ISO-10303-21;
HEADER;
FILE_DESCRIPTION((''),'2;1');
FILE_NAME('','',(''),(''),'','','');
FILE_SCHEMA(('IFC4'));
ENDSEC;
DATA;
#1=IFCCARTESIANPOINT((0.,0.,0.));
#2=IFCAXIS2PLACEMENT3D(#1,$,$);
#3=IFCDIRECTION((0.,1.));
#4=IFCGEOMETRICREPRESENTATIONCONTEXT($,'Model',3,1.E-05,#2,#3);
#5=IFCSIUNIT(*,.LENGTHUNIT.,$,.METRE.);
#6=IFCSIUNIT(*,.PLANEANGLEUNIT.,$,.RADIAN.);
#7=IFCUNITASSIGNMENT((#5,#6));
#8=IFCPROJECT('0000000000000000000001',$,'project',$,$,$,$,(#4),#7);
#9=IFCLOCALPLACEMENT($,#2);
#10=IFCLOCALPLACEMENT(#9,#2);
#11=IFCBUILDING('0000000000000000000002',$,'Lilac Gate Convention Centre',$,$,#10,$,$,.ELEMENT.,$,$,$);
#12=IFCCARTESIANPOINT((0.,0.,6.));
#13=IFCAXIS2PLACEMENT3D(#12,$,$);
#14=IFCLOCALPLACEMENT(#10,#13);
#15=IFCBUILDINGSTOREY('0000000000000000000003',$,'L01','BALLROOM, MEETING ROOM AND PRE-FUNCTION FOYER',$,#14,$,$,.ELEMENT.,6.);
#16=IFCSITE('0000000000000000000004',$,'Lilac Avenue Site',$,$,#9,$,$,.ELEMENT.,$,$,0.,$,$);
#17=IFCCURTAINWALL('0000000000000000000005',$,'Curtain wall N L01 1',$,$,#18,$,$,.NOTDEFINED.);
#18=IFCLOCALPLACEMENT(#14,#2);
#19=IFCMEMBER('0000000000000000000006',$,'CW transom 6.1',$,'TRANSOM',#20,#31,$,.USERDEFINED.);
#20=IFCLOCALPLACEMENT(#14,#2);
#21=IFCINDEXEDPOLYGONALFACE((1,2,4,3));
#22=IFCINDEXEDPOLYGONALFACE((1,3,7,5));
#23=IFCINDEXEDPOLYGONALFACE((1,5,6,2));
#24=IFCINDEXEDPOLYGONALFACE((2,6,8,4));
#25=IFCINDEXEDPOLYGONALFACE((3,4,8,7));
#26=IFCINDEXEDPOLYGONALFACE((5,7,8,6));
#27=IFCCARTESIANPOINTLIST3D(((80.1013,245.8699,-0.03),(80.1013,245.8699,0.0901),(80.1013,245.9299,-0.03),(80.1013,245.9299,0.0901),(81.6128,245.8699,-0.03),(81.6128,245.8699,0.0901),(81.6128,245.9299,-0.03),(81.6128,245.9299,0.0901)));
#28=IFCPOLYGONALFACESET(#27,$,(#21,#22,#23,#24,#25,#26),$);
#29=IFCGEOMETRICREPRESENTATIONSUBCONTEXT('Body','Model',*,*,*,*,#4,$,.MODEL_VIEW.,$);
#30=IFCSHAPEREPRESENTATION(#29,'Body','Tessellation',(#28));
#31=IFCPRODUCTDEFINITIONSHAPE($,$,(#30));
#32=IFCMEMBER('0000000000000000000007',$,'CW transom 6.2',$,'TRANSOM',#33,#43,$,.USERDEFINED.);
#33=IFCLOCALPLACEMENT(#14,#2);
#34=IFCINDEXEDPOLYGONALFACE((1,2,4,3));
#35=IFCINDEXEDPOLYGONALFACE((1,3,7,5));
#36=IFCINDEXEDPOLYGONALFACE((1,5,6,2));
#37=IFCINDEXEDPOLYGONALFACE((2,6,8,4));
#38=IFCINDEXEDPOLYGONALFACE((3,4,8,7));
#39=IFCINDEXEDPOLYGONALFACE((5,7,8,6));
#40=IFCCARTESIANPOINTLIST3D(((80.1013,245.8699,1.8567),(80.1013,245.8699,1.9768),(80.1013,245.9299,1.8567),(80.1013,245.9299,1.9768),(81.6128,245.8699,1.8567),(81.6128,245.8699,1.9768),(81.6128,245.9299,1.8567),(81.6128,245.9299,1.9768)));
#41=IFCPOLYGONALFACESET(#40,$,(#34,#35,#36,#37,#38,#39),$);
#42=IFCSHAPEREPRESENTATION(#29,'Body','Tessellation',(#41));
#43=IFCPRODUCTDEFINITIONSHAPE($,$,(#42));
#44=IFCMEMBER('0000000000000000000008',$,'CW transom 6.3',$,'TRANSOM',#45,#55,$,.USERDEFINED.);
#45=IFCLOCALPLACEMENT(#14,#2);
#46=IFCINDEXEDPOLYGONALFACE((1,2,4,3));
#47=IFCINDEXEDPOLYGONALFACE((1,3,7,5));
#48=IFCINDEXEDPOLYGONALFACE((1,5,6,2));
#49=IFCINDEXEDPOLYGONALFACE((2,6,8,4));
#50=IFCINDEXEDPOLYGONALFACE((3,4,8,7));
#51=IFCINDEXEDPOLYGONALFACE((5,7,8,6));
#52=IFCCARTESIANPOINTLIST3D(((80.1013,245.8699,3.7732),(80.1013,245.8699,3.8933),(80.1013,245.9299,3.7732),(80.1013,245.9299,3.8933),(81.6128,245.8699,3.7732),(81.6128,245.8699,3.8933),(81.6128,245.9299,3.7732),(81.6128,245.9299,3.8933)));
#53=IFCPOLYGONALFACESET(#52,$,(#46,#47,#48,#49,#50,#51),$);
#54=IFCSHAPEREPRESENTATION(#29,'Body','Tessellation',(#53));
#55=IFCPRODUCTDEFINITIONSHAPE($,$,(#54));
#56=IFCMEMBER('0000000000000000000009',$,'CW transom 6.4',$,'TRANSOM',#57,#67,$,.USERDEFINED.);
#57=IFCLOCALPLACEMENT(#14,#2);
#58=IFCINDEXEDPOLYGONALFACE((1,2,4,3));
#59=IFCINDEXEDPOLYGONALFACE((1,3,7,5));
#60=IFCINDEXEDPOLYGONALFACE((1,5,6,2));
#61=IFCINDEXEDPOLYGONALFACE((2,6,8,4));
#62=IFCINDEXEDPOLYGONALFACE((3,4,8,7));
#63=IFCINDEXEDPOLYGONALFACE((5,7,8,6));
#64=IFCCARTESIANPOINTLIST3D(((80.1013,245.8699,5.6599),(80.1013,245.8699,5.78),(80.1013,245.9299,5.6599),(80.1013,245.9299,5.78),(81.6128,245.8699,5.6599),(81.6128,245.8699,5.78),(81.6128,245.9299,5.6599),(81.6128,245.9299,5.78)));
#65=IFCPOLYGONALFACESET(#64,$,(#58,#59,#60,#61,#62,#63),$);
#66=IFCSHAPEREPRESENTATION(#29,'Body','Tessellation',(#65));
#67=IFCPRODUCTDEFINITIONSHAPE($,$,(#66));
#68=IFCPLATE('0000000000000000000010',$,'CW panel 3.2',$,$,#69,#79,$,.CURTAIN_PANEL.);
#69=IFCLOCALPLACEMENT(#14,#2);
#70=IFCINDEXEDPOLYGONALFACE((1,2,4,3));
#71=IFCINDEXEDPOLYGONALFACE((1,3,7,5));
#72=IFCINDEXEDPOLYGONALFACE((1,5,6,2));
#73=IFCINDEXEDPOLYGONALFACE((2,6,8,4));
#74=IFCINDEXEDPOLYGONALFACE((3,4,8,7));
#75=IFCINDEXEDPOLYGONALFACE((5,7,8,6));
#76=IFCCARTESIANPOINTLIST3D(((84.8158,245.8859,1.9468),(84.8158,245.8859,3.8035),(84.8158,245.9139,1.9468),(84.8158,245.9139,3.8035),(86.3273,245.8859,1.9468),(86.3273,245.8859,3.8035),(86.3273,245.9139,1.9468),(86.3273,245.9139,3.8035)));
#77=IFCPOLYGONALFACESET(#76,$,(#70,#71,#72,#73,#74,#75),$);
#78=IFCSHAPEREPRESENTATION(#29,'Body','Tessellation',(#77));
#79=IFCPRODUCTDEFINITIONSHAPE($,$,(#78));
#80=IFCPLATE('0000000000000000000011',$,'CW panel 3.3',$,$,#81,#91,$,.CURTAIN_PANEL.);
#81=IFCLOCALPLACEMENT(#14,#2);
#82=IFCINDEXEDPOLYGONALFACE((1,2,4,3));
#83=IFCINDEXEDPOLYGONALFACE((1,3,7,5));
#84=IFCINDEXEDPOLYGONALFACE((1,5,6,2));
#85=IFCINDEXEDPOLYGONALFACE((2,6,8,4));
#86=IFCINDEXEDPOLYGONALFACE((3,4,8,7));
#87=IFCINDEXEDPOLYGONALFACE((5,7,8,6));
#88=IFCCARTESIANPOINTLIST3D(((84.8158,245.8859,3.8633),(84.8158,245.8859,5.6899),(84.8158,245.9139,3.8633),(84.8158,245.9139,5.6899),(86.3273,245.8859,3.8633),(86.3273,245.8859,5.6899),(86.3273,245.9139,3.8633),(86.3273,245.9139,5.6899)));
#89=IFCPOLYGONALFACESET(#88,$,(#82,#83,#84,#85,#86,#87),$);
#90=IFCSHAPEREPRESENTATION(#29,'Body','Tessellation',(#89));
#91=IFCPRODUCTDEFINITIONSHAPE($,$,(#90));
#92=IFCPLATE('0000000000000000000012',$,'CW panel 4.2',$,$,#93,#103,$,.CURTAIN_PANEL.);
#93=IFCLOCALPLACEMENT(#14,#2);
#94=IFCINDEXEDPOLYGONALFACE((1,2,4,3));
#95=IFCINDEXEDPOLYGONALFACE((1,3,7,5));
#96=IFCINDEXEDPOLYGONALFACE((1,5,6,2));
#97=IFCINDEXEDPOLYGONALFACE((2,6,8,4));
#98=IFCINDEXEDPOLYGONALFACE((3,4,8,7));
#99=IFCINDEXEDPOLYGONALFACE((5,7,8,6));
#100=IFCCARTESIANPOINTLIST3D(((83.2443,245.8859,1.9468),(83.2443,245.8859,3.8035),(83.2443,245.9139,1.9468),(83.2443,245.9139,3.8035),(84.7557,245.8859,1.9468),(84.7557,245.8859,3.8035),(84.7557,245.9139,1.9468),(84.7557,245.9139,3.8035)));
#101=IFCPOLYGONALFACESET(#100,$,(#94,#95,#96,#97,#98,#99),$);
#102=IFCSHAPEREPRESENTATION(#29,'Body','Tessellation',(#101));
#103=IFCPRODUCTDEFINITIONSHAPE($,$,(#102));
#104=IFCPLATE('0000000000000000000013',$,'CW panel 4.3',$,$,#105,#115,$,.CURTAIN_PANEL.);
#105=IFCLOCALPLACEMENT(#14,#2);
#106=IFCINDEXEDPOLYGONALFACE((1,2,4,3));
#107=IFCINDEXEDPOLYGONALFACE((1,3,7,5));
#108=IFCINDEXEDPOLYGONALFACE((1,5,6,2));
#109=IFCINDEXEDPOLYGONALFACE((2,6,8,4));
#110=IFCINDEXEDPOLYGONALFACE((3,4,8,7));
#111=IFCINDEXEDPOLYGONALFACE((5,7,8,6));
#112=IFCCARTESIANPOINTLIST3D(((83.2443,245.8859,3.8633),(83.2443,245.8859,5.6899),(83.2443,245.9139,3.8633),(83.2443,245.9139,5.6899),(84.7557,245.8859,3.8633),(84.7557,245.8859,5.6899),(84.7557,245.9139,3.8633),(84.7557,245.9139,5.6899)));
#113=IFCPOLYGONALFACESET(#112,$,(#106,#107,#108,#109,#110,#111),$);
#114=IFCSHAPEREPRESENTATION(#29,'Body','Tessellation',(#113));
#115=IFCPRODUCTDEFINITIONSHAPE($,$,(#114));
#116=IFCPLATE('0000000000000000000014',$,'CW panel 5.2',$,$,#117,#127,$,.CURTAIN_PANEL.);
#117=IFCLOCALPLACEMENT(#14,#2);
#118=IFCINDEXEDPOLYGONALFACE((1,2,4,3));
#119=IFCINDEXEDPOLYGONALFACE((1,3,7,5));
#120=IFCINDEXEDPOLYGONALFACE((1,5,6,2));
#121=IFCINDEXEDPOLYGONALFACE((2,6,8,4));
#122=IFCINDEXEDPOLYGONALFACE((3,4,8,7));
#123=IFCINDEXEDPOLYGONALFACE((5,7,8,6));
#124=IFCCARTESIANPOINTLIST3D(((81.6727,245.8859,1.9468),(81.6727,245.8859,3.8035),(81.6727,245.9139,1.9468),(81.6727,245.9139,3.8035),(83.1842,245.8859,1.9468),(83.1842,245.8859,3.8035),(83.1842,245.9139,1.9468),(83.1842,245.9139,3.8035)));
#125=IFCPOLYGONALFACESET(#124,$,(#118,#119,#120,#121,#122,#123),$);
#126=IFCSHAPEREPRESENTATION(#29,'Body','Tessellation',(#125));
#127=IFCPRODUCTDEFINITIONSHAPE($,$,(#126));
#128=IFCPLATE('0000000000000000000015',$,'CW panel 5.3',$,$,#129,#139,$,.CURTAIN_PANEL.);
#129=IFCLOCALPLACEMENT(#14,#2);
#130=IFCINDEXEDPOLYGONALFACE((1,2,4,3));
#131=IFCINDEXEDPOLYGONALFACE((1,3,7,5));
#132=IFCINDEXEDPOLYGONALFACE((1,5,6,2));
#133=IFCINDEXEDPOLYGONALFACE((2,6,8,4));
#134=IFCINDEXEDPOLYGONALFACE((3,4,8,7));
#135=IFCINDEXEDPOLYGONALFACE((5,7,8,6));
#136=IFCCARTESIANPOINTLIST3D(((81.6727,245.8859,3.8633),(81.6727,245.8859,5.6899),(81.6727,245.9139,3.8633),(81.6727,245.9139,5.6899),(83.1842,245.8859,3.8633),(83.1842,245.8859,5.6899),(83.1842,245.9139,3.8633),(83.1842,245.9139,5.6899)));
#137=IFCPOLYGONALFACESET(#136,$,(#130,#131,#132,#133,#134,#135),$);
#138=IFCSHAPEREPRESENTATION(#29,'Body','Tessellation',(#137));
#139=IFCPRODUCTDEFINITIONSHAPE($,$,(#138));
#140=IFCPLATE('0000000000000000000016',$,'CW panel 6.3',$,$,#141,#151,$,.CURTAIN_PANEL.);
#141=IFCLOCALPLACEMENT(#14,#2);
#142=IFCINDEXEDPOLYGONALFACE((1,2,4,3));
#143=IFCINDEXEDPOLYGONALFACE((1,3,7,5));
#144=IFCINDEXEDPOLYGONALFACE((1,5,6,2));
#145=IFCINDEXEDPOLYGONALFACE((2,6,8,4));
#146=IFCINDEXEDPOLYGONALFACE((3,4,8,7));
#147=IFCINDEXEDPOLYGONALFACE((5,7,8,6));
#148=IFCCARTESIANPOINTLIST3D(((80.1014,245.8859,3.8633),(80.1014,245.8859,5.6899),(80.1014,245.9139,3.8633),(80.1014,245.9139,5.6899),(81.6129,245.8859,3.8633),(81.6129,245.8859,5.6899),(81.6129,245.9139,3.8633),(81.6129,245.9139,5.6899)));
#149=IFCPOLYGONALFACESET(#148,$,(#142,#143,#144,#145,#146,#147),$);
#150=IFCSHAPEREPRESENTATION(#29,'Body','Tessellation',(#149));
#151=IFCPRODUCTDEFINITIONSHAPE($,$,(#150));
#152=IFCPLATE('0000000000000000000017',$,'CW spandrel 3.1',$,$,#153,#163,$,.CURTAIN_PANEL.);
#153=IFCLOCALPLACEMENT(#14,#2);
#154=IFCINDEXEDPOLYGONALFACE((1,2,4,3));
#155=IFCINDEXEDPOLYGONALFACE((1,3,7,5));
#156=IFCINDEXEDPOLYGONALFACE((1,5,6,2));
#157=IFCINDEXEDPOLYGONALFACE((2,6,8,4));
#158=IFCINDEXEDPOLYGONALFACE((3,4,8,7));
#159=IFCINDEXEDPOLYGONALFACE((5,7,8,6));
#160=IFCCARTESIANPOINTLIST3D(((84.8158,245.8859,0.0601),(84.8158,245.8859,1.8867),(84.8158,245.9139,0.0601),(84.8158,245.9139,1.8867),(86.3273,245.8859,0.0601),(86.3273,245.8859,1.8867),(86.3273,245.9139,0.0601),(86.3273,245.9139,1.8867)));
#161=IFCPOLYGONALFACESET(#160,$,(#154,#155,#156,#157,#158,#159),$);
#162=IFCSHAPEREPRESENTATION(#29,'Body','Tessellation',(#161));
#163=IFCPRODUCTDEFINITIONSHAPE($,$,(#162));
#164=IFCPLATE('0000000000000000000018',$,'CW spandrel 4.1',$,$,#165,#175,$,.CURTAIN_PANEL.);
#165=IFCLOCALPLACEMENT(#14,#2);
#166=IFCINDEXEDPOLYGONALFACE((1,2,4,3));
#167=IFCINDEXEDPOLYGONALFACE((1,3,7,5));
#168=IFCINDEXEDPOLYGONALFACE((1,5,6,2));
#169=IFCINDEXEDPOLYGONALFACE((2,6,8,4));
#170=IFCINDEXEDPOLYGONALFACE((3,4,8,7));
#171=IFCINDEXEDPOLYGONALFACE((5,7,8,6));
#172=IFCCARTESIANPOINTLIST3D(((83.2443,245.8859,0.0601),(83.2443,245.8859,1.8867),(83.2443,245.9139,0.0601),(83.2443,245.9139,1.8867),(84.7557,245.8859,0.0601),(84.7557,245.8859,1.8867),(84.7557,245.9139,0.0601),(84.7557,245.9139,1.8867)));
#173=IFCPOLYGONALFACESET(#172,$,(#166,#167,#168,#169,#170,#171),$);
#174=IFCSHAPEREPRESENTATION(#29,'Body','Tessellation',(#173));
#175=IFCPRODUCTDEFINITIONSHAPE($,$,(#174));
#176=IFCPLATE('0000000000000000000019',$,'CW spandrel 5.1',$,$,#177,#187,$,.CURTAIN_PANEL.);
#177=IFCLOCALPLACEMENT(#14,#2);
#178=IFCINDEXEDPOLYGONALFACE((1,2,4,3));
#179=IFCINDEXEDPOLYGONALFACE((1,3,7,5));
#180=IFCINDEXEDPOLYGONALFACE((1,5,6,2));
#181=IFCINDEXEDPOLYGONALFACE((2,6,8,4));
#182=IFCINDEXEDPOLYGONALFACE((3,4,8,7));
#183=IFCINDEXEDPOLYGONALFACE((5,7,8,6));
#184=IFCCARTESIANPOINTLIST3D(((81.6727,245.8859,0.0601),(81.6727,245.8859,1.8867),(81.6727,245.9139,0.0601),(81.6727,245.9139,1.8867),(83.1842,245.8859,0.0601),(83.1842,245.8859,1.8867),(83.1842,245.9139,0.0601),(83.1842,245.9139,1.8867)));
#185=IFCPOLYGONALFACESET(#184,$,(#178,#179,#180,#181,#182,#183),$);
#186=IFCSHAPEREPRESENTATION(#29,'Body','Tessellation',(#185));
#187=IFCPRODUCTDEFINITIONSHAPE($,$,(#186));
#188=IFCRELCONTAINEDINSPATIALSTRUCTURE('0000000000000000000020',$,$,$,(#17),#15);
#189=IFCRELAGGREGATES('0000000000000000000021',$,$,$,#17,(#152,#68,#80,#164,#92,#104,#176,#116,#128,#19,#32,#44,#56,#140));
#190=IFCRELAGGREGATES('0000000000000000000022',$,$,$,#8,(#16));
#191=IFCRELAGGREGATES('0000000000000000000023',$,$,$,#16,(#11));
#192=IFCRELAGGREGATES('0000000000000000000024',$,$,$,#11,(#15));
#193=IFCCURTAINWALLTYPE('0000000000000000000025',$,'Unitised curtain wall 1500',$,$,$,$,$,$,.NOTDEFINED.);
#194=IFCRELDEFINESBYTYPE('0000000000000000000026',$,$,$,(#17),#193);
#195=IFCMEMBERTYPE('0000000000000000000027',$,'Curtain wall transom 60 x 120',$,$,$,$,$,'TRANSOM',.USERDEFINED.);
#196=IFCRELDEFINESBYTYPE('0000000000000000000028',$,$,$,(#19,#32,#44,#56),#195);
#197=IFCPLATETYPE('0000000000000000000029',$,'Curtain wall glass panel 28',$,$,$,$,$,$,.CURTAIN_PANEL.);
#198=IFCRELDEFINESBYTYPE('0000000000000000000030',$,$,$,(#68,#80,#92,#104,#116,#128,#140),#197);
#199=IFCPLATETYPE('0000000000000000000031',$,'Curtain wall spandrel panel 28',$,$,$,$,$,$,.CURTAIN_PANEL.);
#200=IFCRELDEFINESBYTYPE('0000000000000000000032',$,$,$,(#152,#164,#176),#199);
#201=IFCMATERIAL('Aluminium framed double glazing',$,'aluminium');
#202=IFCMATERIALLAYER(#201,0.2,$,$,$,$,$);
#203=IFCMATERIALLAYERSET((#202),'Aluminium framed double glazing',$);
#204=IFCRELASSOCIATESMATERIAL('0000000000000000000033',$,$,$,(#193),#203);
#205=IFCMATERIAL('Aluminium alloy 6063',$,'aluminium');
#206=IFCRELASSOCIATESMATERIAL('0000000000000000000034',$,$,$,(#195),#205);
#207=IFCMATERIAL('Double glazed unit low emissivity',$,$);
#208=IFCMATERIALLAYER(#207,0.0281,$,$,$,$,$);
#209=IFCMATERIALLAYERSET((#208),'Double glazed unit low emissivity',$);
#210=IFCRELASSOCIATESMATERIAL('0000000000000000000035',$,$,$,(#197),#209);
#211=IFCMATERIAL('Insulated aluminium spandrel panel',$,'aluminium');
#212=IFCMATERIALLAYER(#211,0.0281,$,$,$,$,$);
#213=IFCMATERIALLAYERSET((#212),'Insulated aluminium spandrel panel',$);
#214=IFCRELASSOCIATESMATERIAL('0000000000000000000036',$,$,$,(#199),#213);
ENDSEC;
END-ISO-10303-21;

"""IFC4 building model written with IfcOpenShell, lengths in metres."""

from ifc_helpers import new_model, si_unit, direction, frame, origin, origin_2d, place, context, subcontext, project, spatial, rectangle, extrude, material, layer, layer_set, material_profile, profile_set, type_object, element, aggregate, save


model = new_model("IFC4")

# Units and contexts
model_context = context("Model", 3, precision=1e-05, world=origin(), true_north=direction((0.0, 1.0)))
body_context = subcontext(model_context, "Body", "Model", "MODEL_VIEW")
ifc_project = project(units=[si_unit("LENGTHUNIT", "METRE"), si_unit("PLANEANGLEUNIT", "RADIAN")], contexts=[model_context])

# Site, building, storey
site_placement = place(None, origin())
site = spatial("IfcSite", under=ifc_project, at=site_placement, Name="Lilac Avenue Site", CompositionType="ELEMENT", RefElevation=0.0)
building_placement = place(site_placement, origin())
building = spatial("IfcBuilding", under=site, at=building_placement, Name="Lilac Gate Convention Centre", CompositionType="ELEMENT")
storey_placement = place(building_placement, frame((0.0, 0.0, 6.0)))
storey = spatial("IfcBuildingStorey", under=building, at=storey_placement, Name="L01", Description="BALLROOM, MEETING ROOM AND PRE-FUNCTION FOYER", CompositionType="ELEMENT", Elevation=6.0)

# Curtain wall, members, plates
ifc_material_1 = material(Name="Aluminium framed double glazing", Category="aluminium")
ifc_layer_1 = layer(ifc_material_1, 0.2)
ifc_layer_set_1 = layer_set([ifc_layer_1], Name="Aluminium framed double glazing")
curtain_wall_type = type_object("IfcCurtainWallType", Name="Unitised curtain wall 1500", PredefinedType="NOTDEFINED", material=ifc_layer_set_1)
curtain_wall_placement = place(storey_placement, origin())
curtain_wall = element("IfcCurtainWall", 1, at=curtain_wall_placement, inside=storey, type_object=curtain_wall_type, Name="Curtain wall N L01 1", PredefinedType="NOTDEFINED")
ifc_material_2 = material(Name="Aluminium alloy 6063", Category="aluminium")
ifc_material_profile_1 = material_profile(ifc_material_2, rectangle(XDim=0.0601, YDim=0.1201, at=origin_2d()), Name="Curtain wall transom 60 x 120")
ifc_profile_set_1 = profile_set([ifc_material_profile_1], Name="Aluminium alloy 6063")
member_type_1 = type_object("IfcMemberType", Name="Curtain wall transom 60 x 120", ElementType="TRANSOM", PredefinedType="USERDEFINED", material=ifc_profile_set_1)
member_1_placement = place(storey_placement, frame((81.6128, 245.8999, 0.03), z_axis=(-1.0, 0.0, 0.0), x_axis=(0.0, -1.0, 0.0)))
member_1 = element("IfcMember", 2, at=member_1_placement, type_object=member_type_1, Name="CW transom 6.1", ObjectType="TRANSOM", PredefinedType="USERDEFINED", context=body_context, shape_type="SweptSolid", body=[
    extrude(rectangle(XDim=0.0601, YDim=0.1201, at=origin_2d()), origin(), (0.0, 0.0, 1.0), 1.5115),
])
member_2_placement = place(storey_placement, frame((81.6128, 245.8999, 1.9167), z_axis=(-1.0, 0.0, 0.0), x_axis=(0.0, -1.0, 0.0)))
member_2 = element("IfcMember", 3, at=member_2_placement, type_object=member_type_1, Name="CW transom 6.2", ObjectType="TRANSOM", PredefinedType="USERDEFINED", context=body_context, shape_type="SweptSolid", body=[
    extrude(rectangle(XDim=0.0601, YDim=0.1201, at=origin_2d()), origin(), (0.0, 0.0, 1.0), 1.5115),
])
member_3_placement = place(storey_placement, frame((81.6128, 245.8999, 3.8333), z_axis=(-1.0, 0.0, 0.0), x_axis=(0.0, -1.0, 0.0)))
member_3 = element("IfcMember", 4, at=member_3_placement, type_object=member_type_1, Name="CW transom 6.3", ObjectType="TRANSOM", PredefinedType="USERDEFINED", context=body_context, shape_type="SweptSolid", body=[
    extrude(rectangle(XDim=0.0601, YDim=0.1201, at=origin_2d()), origin(), (0.0, 0.0, 1.0), 1.5115),
])
member_4_placement = place(storey_placement, frame((81.6128, 245.8999, 5.72), z_axis=(-1.0, 0.0, 0.0), x_axis=(0.0, -1.0, 0.0)))
member_4 = element("IfcMember", 5, at=member_4_placement, type_object=member_type_1, Name="CW transom 6.4", ObjectType="TRANSOM", PredefinedType="USERDEFINED", context=body_context, shape_type="SweptSolid", body=[
    extrude(rectangle(XDim=0.0601, YDim=0.1201, at=origin_2d()), origin(), (0.0, 0.0, 1.0), 1.5115),
])
ifc_material_3 = material(Name="Double glazed unit low emissivity")
ifc_layer_2 = layer(ifc_material_3, 0.0281)
ifc_layer_set_2 = layer_set([ifc_layer_2], Name="Double glazed unit low emissivity")
plate_type_1 = type_object("IfcPlateType", Name="Curtain wall glass panel 28", PredefinedType="CURTAIN_PANEL", material=ifc_layer_set_2)
plate_1_placement = place(storey_placement, frame((85.5715, 245.8999, 1.9468), z_axis=(0.0, 0.0, 1.0), x_axis=(-1.0, 0.0, 0.0)))
plate_1 = element("IfcPlate", 6, at=plate_1_placement, type_object=plate_type_1, Name="CW panel 3.2", PredefinedType="CURTAIN_PANEL", context=body_context, shape_type="SweptSolid", body=[
    extrude(rectangle(XDim=1.5115, YDim=0.0281, at=origin_2d()), origin(), (0.0, 0.0, 1.0), 1.8567),
])
plate_2_placement = place(storey_placement, frame((85.5715, 245.8999, 3.8633), z_axis=(0.0, 0.0, 1.0), x_axis=(-1.0, 0.0, 0.0)))
plate_2 = element("IfcPlate", 7, at=plate_2_placement, type_object=plate_type_1, Name="CW panel 3.3", PredefinedType="CURTAIN_PANEL", context=body_context, shape_type="SweptSolid", body=[
    extrude(rectangle(XDim=1.5115, YDim=0.0281, at=origin_2d()), origin(), (0.0, 0.0, 1.0), 1.8267),
])
plate_3_placement = place(storey_placement, frame((84.0, 245.8999, 1.9468), z_axis=(0.0, 0.0, 1.0), x_axis=(-1.0, 0.0, 0.0)))
plate_3 = element("IfcPlate", 8, at=plate_3_placement, type_object=plate_type_1, Name="CW panel 4.2", PredefinedType="CURTAIN_PANEL", context=body_context, shape_type="SweptSolid", body=[
    extrude(rectangle(XDim=1.5115, YDim=0.0281, at=origin_2d()), origin(), (0.0, 0.0, 1.0), 1.8567),
])
plate_4_placement = place(storey_placement, frame((84.0, 245.8999, 3.8633), z_axis=(0.0, 0.0, 1.0), x_axis=(-1.0, 0.0, 0.0)))
plate_4 = element("IfcPlate", 9, at=plate_4_placement, type_object=plate_type_1, Name="CW panel 4.3", PredefinedType="CURTAIN_PANEL", context=body_context, shape_type="SweptSolid", body=[
    extrude(rectangle(XDim=1.5115, YDim=0.0281, at=origin_2d()), origin(), (0.0, 0.0, 1.0), 1.8267),
])
plate_5_placement = place(storey_placement, frame((82.4285, 245.8999, 1.9468), z_axis=(0.0, 0.0, 1.0), x_axis=(-1.0, 0.0, 0.0)))
plate_5 = element("IfcPlate", 10, at=plate_5_placement, type_object=plate_type_1, Name="CW panel 5.2", PredefinedType="CURTAIN_PANEL", context=body_context, shape_type="SweptSolid", body=[
    extrude(rectangle(XDim=1.5115, YDim=0.0281, at=origin_2d()), origin(), (0.0, 0.0, 1.0), 1.8567),
])
plate_6_placement = place(storey_placement, frame((82.4285, 245.8999, 3.8633), z_axis=(0.0, 0.0, 1.0), x_axis=(-1.0, 0.0, 0.0)))
plate_6 = element("IfcPlate", 11, at=plate_6_placement, type_object=plate_type_1, Name="CW panel 5.3", PredefinedType="CURTAIN_PANEL", context=body_context, shape_type="SweptSolid", body=[
    extrude(rectangle(XDim=1.5115, YDim=0.0281, at=origin_2d()), origin(), (0.0, 0.0, 1.0), 1.8267),
])
plate_7_placement = place(storey_placement, frame((80.8572, 245.8999, 3.8633), z_axis=(0.0, 0.0, 1.0), x_axis=(-1.0, 0.0, 0.0)))
plate_7 = element("IfcPlate", 12, at=plate_7_placement, type_object=plate_type_1, Name="CW panel 6.3", PredefinedType="CURTAIN_PANEL", context=body_context, shape_type="SweptSolid", body=[
    extrude(rectangle(XDim=1.5115, YDim=0.0281, at=origin_2d()), origin(), (0.0, 0.0, 1.0), 1.8267),
])
ifc_material_4 = material(Name="Insulated aluminium spandrel panel", Category="aluminium")
ifc_layer_3 = layer(ifc_material_4, 0.0281)
ifc_layer_set_3 = layer_set([ifc_layer_3], Name="Insulated aluminium spandrel panel")
plate_type_2 = type_object("IfcPlateType", Name="Curtain wall spandrel panel 28", PredefinedType="CURTAIN_PANEL", material=ifc_layer_set_3)
plate_8_placement = place(storey_placement, frame((85.5715, 245.8999, 0.0601), z_axis=(0.0, 0.0, 1.0), x_axis=(-1.0, 0.0, 0.0)))
plate_8 = element("IfcPlate", 13, at=plate_8_placement, type_object=plate_type_2, Name="CW spandrel 3.1", PredefinedType="CURTAIN_PANEL", context=body_context, shape_type="SweptSolid", body=[
    extrude(rectangle(XDim=1.5115, YDim=0.0281, at=origin_2d()), origin(), (0.0, 0.0, 1.0), 1.8267),
])
plate_9_placement = place(storey_placement, frame((84.0, 245.8999, 0.0601), z_axis=(0.0, 0.0, 1.0), x_axis=(-1.0, 0.0, 0.0)))
plate_9 = element("IfcPlate", 14, at=plate_9_placement, type_object=plate_type_2, Name="CW spandrel 4.1", PredefinedType="CURTAIN_PANEL", context=body_context, shape_type="SweptSolid", body=[
    extrude(rectangle(XDim=1.5115, YDim=0.0281, at=origin_2d()), origin(), (0.0, 0.0, 1.0), 1.8267),
])
plate_10_placement = place(storey_placement, frame((82.4285, 245.8999, 0.0601), z_axis=(0.0, 0.0, 1.0), x_axis=(-1.0, 0.0, 0.0)))
plate_10 = element("IfcPlate", 15, at=plate_10_placement, type_object=plate_type_2, Name="CW spandrel 5.1", PredefinedType="CURTAIN_PANEL", context=body_context, shape_type="SweptSolid", body=[
    extrude(rectangle(XDim=1.5115, YDim=0.0281, at=origin_2d()), origin(), (0.0, 0.0, 1.0), 1.8267),
])
aggregate(curtain_wall, [plate_8, plate_1, plate_2, plate_9, plate_3, plate_4, plate_10, plate_5, plate_6, member_1, member_2, member_3, member_4, plate_7])

save(model, "model.ifc")
